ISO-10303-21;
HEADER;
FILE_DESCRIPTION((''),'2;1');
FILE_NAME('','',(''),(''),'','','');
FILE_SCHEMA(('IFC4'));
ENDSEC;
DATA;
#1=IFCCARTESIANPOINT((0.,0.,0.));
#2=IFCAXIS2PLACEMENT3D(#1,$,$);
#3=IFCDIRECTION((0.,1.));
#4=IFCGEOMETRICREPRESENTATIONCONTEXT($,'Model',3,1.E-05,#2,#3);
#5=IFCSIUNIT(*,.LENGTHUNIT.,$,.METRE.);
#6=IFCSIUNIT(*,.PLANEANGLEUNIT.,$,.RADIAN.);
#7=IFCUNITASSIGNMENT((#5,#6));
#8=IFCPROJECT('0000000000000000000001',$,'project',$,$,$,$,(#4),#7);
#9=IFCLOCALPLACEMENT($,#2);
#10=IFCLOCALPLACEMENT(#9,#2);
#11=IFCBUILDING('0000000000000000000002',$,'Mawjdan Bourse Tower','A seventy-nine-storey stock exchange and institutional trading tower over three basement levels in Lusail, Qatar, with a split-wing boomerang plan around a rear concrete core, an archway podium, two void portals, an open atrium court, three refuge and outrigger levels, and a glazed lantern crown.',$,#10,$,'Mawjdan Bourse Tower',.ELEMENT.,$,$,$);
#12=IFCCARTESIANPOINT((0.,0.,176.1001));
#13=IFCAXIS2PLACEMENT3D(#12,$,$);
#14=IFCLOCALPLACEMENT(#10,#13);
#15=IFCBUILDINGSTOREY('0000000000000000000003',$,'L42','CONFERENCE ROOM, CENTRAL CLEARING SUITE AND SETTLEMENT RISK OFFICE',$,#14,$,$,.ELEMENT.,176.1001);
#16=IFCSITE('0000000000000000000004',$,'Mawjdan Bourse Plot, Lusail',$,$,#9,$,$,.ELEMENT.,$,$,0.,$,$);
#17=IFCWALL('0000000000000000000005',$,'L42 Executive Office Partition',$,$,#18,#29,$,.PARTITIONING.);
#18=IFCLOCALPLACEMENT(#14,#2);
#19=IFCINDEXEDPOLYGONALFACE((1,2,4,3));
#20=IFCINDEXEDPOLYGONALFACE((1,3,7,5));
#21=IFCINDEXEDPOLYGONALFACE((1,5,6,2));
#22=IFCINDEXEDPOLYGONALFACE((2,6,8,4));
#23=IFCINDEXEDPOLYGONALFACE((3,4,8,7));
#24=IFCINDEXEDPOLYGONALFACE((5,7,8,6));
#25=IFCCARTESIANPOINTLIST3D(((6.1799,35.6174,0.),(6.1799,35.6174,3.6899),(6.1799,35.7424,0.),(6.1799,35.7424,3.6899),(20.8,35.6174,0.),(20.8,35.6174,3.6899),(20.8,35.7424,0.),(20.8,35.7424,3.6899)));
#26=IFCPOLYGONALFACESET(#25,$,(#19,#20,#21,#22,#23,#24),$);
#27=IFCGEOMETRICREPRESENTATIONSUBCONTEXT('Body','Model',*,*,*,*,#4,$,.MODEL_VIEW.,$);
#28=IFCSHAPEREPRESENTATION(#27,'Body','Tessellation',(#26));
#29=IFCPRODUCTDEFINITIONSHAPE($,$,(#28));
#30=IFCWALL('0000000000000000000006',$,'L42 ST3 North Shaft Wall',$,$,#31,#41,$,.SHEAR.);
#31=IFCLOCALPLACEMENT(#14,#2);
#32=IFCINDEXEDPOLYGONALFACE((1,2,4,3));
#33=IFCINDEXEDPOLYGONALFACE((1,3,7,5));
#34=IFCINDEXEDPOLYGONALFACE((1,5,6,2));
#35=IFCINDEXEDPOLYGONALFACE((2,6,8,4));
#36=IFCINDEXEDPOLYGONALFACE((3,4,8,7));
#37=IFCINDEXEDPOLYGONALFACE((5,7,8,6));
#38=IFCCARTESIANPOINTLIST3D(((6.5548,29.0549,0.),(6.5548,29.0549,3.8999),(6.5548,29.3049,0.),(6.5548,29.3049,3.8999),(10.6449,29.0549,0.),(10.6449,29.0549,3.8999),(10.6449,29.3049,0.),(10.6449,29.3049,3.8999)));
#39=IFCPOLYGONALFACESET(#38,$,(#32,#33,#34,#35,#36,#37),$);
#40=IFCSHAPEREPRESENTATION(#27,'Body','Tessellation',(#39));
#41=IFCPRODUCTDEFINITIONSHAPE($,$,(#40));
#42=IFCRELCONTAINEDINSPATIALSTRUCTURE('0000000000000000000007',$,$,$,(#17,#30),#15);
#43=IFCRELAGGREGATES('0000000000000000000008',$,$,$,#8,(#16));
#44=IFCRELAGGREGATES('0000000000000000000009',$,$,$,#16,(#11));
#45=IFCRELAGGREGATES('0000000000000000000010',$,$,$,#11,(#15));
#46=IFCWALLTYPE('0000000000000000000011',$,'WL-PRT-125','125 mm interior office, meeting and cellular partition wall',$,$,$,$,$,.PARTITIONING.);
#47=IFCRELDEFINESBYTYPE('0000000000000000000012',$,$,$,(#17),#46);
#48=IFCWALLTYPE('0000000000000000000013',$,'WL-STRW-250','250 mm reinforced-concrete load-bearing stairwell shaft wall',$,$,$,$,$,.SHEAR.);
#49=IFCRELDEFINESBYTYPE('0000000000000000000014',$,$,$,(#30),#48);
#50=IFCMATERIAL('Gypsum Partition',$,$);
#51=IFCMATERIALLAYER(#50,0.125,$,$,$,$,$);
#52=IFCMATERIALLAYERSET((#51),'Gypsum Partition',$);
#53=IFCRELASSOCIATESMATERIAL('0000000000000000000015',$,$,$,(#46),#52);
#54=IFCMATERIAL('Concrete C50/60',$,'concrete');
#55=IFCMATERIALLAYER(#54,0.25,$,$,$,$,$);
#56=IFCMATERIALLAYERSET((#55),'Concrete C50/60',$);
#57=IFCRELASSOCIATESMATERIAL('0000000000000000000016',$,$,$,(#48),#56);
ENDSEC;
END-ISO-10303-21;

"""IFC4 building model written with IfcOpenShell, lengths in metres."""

from ifc_helpers import new_model, si_unit, direction, frame, frame_2d, origin, place, context, subcontext, project, spatial, rectangle, extrude, material, layer, layer_set, type_object, element, save


model = new_model("IFC4")

# Units and contexts
model_context = context("Model", 3, precision=1e-05, world=origin(), true_north=direction((0.0, 1.0)))
body_context = subcontext(model_context, "Body", "Model", "MODEL_VIEW")
ifc_project = project(units=[si_unit("LENGTHUNIT", "METRE"), si_unit("PLANEANGLEUNIT", "RADIAN")], contexts=[model_context])

# Site, building, storey
site_placement = place(None, origin())
site = spatial("IfcSite", under=ifc_project, at=site_placement, Name="Mawjdan Bourse Plot, Lusail", CompositionType="ELEMENT", RefElevation=0.0)
building_placement = place(site_placement, origin())
building = spatial("IfcBuilding", under=site, at=building_placement, Name="Mawjdan Bourse Tower", Description="A seventy-nine-storey stock exchange and institutional trading tower over three basement levels in Lusail, Qatar, with a split-wing boomerang plan around a rear concrete core, an archway podium, two void portals, an open atrium court, three refuge and outrigger levels, and a glazed lantern crown.", LongName="Mawjdan Bourse Tower", CompositionType="ELEMENT")
storey_placement = place(building_placement, frame((0.0, 0.0, 176.1001)))
storey = spatial("IfcBuildingStorey", under=building, at=storey_placement, Name="L42", Description="CONFERENCE ROOM, CENTRAL CLEARING SUITE AND SETTLEMENT RISK OFFICE", CompositionType="ELEMENT", Elevation=176.1001)

# Walls
ifc_material_1 = material(Name="Gypsum Partition")
ifc_layer_1 = layer(ifc_material_1, 0.125)
ifc_layer_set_1 = layer_set([ifc_layer_1], Name="Gypsum Partition")
wall_type_1 = type_object("IfcWallType", Name="WL-PRT-125", Description="125 mm interior office, meeting and cellular partition wall", PredefinedType="PARTITIONING", material=ifc_layer_set_1)
wall_1_placement = place(storey_placement, frame((6.1799, 35.6799, 0.0), z_axis=(0.0, 0.0, 1.0), x_axis=(1.0, 0.0, 0.0)))
element("IfcWall", 1, at=wall_1_placement, inside=storey, type_object=wall_type_1, Name="L42 Executive Office Partition", PredefinedType="PARTITIONING", context=body_context, shape_type="SweptSolid", body=[
    extrude(rectangle(XDim=14.6201, YDim=0.125, at=frame_2d((7.3101, 0.0))), origin(), (0.0, 0.0, 1.0), 3.6899),
])
ifc_material_2 = material(Name="Concrete C50/60", Category="concrete")
ifc_layer_2 = layer(ifc_material_2, 0.25)
ifc_layer_set_2 = layer_set([ifc_layer_2], Name="Concrete C50/60")
wall_type_2 = type_object("IfcWallType", Name="WL-STRW-250", Description="250 mm reinforced-concrete load-bearing stairwell shaft wall", PredefinedType="SHEAR", material=ifc_layer_set_2)
wall_2_placement = place(storey_placement, frame((6.5549, 29.1799, 0.0), z_axis=(0.0, 0.0, 1.0), x_axis=(1.0, 0.0, 0.0)))
element("IfcWall", 2, at=wall_2_placement, inside=storey, type_object=wall_type_2, Name="L42 ST3 North Shaft Wall", PredefinedType="SHEAR", context=body_context, shape_type="SweptSolid", body=[
    extrude(rectangle(XDim=4.0901, YDim=0.25, at=frame_2d((2.0449, 0.0))), origin(), (0.0, 0.0, 1.0), 3.8999),
])

save(model, "model.ifc")
